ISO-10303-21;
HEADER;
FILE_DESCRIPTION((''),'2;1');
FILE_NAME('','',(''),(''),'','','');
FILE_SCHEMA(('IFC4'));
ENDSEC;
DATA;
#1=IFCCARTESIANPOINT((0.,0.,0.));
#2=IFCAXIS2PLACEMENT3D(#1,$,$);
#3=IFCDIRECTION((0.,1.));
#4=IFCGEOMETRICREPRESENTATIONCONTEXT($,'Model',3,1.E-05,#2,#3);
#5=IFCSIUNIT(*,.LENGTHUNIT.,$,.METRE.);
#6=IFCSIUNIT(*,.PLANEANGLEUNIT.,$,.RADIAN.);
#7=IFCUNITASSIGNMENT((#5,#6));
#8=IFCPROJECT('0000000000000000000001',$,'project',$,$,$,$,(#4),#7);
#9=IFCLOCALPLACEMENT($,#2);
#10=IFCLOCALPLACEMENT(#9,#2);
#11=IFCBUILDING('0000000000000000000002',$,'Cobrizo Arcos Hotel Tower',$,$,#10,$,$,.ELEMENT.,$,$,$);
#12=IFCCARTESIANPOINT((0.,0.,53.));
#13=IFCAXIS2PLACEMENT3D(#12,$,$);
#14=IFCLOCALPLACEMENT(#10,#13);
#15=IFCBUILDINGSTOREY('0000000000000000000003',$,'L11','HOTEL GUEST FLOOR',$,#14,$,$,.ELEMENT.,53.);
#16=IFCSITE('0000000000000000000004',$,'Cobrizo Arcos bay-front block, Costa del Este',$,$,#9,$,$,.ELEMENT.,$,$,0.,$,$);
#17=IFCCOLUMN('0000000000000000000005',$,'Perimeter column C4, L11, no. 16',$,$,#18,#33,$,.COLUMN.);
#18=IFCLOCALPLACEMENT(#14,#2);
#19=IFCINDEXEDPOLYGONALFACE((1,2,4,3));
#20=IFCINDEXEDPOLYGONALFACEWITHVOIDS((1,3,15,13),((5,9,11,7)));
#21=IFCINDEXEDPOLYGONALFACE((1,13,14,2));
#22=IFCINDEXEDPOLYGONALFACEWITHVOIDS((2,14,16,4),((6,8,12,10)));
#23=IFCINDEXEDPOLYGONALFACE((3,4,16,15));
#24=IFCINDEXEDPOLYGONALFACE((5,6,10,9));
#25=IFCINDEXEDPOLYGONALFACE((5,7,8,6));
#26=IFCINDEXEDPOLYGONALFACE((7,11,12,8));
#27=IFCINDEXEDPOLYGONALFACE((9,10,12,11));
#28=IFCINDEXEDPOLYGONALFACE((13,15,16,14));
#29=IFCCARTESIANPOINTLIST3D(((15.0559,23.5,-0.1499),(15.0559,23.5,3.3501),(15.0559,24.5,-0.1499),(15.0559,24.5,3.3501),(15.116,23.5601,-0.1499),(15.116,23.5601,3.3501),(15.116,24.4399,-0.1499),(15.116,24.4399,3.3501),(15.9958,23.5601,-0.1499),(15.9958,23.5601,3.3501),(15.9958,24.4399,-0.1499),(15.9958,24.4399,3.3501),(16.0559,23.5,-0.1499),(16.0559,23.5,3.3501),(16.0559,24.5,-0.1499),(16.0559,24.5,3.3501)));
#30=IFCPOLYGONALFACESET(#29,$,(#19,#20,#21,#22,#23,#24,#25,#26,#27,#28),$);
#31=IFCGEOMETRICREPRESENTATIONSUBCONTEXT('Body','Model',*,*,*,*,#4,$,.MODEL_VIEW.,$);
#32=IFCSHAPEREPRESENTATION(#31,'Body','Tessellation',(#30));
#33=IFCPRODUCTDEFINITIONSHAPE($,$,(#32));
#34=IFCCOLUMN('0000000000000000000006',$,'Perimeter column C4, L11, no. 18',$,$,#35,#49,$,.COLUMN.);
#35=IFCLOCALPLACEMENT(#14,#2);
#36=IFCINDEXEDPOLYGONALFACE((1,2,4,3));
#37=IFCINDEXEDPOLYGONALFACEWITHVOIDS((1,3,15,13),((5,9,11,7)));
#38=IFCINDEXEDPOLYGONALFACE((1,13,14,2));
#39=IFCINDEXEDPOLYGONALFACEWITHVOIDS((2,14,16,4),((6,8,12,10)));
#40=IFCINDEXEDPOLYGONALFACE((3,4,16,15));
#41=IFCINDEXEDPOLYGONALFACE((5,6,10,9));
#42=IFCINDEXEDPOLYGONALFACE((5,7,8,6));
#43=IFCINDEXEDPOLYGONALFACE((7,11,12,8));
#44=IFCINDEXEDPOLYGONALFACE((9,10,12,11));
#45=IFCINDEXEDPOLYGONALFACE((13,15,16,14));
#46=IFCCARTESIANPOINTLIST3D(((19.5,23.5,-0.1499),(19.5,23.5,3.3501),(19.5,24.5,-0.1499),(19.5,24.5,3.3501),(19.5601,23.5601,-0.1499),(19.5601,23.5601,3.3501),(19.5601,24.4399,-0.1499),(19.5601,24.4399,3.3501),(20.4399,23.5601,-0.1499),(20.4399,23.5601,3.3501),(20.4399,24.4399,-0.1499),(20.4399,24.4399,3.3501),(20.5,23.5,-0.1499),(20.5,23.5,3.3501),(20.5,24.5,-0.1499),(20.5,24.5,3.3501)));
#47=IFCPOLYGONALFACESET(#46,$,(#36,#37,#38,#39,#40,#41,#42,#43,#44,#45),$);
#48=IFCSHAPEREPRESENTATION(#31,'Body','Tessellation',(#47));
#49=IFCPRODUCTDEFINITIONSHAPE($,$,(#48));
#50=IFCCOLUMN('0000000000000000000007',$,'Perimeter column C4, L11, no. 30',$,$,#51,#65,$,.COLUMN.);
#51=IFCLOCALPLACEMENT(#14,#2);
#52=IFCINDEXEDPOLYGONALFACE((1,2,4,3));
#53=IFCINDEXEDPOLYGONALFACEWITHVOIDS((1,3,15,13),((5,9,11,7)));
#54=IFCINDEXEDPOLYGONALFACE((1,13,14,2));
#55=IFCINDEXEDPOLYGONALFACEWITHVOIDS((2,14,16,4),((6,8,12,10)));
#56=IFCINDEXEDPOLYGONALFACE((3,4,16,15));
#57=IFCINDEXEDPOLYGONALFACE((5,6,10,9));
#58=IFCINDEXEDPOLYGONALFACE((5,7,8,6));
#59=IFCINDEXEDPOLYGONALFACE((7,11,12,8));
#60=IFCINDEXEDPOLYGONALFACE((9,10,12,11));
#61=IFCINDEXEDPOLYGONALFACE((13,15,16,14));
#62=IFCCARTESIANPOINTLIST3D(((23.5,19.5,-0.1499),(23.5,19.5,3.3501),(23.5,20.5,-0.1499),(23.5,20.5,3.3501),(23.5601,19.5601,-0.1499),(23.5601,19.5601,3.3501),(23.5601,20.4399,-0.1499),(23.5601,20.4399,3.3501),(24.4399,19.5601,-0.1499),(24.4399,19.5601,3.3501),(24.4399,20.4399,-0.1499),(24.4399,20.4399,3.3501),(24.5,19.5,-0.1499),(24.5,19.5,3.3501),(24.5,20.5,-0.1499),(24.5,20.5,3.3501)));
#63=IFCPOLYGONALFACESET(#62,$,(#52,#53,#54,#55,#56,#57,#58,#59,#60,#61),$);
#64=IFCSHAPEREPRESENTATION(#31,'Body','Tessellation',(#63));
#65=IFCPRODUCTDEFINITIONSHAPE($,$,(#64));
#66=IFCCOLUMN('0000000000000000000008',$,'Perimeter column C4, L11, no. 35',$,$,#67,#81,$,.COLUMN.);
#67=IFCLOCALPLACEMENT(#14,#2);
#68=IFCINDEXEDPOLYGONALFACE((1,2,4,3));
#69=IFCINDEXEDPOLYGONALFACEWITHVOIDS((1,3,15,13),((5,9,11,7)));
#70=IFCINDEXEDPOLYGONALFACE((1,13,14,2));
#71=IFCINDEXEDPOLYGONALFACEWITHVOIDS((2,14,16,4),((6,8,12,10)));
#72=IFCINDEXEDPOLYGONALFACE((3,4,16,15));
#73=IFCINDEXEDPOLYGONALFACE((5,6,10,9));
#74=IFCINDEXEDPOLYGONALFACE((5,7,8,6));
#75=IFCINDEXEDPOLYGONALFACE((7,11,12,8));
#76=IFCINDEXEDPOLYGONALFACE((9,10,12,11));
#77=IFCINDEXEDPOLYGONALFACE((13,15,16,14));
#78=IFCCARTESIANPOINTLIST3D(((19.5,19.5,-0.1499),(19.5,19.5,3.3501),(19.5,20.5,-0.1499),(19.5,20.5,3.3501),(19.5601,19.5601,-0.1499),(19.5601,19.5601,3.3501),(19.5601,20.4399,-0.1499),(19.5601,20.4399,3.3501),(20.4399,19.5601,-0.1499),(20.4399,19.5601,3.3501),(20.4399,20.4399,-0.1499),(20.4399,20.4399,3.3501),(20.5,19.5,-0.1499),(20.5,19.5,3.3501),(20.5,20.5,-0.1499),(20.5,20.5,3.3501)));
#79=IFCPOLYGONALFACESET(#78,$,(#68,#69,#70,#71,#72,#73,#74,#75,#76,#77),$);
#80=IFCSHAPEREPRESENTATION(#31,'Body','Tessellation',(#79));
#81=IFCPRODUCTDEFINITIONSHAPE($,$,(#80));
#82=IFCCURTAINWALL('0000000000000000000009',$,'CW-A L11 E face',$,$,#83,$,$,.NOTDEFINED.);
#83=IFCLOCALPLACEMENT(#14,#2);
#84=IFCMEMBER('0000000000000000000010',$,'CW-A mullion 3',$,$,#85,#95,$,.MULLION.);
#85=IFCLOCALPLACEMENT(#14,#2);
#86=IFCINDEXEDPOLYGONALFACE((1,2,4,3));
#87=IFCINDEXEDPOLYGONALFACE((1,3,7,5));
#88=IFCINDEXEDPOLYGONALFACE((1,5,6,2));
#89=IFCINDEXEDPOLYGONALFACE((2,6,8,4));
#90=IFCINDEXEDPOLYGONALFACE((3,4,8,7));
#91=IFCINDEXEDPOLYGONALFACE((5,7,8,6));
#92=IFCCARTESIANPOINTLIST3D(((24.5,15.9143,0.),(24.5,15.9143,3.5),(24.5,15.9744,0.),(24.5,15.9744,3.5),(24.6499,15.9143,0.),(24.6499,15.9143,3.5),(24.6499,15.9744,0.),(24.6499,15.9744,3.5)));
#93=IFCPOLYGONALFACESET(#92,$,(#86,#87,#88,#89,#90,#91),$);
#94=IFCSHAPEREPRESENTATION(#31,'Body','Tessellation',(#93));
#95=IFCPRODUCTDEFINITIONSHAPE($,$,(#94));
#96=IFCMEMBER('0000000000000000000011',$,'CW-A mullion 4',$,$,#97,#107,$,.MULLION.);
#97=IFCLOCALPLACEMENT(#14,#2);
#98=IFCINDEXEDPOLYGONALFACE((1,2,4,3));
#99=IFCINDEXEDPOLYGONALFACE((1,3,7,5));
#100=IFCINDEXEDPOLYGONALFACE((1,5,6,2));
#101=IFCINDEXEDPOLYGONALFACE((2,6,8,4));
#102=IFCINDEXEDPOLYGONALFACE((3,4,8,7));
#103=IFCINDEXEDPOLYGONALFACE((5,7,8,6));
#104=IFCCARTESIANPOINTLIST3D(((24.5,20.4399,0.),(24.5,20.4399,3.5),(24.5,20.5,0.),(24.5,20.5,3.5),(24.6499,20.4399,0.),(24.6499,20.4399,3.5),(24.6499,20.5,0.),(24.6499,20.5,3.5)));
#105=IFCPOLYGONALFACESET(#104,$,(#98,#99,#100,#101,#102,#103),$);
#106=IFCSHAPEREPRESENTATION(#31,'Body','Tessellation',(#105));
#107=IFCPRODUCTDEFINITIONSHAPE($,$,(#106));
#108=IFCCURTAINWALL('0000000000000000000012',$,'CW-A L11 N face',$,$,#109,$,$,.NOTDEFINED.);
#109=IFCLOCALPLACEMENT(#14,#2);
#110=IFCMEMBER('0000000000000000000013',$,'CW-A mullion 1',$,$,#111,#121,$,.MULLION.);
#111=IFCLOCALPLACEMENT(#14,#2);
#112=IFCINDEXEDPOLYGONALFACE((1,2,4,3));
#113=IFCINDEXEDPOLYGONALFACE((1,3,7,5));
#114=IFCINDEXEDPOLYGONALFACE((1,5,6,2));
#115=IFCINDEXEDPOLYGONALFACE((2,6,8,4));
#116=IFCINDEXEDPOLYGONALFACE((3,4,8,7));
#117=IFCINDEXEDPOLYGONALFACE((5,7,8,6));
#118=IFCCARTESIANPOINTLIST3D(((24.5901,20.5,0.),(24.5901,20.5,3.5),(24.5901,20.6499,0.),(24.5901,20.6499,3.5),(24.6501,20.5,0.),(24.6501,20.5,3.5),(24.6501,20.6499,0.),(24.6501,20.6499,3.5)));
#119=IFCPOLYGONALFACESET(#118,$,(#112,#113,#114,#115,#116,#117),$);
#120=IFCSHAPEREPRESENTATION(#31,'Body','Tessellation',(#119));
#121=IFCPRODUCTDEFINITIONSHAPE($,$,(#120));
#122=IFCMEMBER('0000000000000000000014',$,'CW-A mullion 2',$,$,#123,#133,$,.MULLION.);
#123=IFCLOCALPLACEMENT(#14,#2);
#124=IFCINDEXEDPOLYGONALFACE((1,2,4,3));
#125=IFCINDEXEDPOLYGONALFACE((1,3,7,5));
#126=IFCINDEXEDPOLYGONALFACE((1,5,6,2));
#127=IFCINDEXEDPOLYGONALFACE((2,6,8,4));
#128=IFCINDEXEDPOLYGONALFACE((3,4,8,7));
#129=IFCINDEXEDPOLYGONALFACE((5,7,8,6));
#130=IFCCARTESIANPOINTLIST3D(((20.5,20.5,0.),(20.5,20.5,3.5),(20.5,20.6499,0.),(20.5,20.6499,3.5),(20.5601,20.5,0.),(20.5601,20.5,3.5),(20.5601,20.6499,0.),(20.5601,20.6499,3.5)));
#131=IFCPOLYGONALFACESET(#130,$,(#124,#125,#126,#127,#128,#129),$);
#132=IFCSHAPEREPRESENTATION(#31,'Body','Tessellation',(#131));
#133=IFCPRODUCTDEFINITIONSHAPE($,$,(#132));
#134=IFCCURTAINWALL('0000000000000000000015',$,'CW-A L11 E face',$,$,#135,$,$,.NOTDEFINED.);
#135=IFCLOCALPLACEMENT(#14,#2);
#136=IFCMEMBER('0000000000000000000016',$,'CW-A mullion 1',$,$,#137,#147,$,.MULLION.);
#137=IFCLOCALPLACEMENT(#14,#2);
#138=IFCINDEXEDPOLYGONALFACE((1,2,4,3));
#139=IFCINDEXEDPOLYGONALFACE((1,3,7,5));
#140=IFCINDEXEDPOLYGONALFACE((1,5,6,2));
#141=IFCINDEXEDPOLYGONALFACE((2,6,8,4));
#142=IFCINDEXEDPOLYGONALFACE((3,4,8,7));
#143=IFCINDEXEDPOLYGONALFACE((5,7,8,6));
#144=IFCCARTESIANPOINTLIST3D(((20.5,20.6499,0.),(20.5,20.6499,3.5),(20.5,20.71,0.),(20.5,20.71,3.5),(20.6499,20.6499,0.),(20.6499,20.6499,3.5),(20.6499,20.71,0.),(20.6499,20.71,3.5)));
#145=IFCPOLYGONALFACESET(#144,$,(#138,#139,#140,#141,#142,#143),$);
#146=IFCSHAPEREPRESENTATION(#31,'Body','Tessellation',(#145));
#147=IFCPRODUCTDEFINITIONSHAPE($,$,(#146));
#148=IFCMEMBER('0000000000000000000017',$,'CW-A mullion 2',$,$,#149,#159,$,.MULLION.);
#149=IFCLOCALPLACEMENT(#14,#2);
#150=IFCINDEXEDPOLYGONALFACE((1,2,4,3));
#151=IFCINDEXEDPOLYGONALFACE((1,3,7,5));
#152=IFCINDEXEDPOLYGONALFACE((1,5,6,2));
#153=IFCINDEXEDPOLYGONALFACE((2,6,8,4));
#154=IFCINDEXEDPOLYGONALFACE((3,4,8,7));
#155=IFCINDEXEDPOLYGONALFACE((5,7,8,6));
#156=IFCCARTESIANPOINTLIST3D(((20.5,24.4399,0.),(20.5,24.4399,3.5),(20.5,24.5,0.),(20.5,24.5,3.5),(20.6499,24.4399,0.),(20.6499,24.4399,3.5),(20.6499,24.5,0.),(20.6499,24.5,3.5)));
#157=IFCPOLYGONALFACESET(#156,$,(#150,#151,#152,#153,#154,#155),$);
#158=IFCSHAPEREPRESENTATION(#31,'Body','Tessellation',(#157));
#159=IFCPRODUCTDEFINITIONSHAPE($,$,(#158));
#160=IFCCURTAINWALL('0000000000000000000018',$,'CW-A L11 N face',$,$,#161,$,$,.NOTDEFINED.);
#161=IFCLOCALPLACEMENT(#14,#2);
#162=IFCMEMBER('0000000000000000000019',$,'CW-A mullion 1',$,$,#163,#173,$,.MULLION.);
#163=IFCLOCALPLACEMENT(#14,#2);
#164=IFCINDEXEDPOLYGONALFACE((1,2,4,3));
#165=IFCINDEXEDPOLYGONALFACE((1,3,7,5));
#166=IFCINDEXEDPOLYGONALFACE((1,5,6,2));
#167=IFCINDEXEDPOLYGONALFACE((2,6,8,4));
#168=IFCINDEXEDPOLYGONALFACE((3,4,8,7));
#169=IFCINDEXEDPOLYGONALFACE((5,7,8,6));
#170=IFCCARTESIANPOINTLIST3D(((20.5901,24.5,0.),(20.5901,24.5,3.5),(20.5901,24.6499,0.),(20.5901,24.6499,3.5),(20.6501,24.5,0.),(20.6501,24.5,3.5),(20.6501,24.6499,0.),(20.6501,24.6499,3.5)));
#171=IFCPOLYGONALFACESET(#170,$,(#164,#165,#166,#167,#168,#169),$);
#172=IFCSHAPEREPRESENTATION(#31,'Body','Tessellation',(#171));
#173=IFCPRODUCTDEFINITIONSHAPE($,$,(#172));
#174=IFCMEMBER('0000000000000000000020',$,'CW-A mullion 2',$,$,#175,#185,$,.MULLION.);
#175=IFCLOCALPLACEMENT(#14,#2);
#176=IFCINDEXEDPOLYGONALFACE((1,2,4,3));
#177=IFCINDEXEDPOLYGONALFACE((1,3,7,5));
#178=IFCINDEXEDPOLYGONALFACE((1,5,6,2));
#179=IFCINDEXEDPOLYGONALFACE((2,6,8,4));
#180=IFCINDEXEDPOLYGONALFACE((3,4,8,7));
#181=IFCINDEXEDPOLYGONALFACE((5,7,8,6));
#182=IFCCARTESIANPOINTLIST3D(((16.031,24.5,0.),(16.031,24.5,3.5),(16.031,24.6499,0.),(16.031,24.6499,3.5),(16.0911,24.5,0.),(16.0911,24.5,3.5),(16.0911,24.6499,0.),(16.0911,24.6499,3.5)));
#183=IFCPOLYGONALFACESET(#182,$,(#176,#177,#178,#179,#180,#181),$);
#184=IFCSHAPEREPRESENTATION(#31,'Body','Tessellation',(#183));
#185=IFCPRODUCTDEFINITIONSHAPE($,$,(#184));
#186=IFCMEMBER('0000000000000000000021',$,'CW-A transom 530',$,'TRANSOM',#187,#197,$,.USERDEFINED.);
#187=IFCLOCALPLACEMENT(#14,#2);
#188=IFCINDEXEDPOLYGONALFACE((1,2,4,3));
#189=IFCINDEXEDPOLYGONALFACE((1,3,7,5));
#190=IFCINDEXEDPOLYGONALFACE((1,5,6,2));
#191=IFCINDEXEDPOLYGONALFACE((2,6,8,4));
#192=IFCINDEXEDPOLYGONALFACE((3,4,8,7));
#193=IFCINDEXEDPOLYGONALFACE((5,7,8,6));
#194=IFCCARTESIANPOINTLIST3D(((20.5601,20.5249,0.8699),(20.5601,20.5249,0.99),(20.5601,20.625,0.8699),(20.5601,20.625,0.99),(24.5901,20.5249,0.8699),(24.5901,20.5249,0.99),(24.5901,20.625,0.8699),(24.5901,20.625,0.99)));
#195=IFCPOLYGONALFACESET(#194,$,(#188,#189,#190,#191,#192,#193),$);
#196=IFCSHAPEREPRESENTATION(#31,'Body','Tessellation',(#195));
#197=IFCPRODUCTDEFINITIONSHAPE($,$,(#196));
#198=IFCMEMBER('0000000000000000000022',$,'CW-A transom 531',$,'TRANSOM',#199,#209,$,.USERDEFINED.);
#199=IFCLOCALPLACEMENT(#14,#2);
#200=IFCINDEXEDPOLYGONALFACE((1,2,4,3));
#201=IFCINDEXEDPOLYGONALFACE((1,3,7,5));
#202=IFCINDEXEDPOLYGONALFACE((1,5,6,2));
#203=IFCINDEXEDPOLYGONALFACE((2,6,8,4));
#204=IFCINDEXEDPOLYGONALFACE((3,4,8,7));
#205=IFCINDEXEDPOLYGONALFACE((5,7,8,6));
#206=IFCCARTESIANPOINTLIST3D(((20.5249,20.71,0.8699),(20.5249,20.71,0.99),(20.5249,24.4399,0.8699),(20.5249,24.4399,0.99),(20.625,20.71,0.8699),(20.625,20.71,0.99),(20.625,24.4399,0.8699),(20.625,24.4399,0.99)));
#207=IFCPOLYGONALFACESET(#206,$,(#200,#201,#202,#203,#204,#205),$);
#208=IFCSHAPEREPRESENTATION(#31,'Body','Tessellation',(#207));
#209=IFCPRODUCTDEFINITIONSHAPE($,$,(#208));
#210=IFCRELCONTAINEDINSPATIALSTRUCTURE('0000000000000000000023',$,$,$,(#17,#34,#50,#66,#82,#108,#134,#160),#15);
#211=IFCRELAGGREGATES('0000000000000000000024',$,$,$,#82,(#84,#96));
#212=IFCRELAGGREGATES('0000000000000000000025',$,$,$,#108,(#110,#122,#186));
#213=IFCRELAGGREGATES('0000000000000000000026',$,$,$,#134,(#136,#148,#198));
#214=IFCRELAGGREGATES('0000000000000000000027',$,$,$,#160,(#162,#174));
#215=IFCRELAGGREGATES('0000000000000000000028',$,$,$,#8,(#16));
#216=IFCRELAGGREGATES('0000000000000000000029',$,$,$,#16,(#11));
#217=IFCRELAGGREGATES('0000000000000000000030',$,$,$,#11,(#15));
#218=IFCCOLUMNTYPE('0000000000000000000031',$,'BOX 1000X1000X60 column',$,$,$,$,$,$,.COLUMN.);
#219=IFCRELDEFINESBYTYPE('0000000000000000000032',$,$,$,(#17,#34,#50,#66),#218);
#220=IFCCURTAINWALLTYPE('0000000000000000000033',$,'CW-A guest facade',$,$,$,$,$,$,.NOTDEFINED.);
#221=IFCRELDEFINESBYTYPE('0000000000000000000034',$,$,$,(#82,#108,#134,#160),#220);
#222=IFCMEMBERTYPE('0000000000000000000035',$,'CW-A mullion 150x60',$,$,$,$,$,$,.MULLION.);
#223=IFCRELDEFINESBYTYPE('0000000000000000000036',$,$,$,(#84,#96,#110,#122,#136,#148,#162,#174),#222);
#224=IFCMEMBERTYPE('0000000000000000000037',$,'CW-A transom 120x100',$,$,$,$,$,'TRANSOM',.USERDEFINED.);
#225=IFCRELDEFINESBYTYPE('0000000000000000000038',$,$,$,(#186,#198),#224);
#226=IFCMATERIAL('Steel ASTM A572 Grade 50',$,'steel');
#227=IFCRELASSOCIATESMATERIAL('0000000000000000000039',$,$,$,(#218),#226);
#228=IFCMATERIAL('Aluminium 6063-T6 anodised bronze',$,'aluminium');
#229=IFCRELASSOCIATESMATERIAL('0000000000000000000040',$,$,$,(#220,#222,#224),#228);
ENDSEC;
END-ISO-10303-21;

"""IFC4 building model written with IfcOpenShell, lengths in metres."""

from ifc_helpers import new_model, si_unit, direction, frame, origin, origin_2d, place, context, subcontext, project, spatial, rectangle, hollow_rectangle, extrude, material, material_profile, profile_set, type_object, element, aggregate, save


model = new_model("IFC4")

# Units and contexts
model_context = context("Model", 3, precision=1e-05, world=origin(), true_north=direction((0.0, 1.0)))
body_context = subcontext(model_context, "Body", "Model", "MODEL_VIEW")
ifc_project = project(units=[si_unit("LENGTHUNIT", "METRE"), si_unit("PLANEANGLEUNIT", "RADIAN")], contexts=[model_context])

# Site, building, storey
site_placement = place(None, origin())
site = spatial("IfcSite", under=ifc_project, at=site_placement, Name="Cobrizo Arcos bay-front block, Costa del Este", CompositionType="ELEMENT", RefElevation=0.0)
building_placement = place(site_placement, origin())
building = spatial("IfcBuilding", under=site, at=building_placement, Name="Cobrizo Arcos Hotel Tower", CompositionType="ELEMENT")
storey_placement = place(building_placement, frame((0.0, 0.0, 53.0)))
storey = spatial("IfcBuildingStorey", under=building, at=storey_placement, Name="L11", Description="HOTEL GUEST FLOOR", CompositionType="ELEMENT", Elevation=53.0)

# Columns
ifc_material_1 = material(Name="Steel ASTM A572 Grade 50", Category="steel")
ifc_material_profile_1 = material_profile(ifc_material_1, hollow_rectangle(XDim=1.0, YDim=1.0, WallThickness=0.0601, at=origin_2d()), Name="BOX 1000X1000X60")
ifc_profile_set_1 = profile_set([ifc_material_profile_1], Name="Steel ASTM A572 Grade 50")
column_type = type_object("IfcColumnType", Name="BOX 1000X1000X60 column", PredefinedType="COLUMN", material=ifc_profile_set_1)
for number, where, z_axis, x_axis, name in (
    (1, (15.5559, 24.0, -0.1499), (0.0, 0.0, 1.0), (1.0, 0.0, 0.0), "Perimeter column C4, L11, no. 16"),
    (2, (20.0, 24.0, -0.1499), (0.0, 0.0, 1.0), (1.0, 0.0, 0.0), "Perimeter column C4, L11, no. 18"),
    (3, (24.0, 20.0, -0.1499), (0.0, 0.0, 1.0), (1.0, 0.0, 0.0), "Perimeter column C4, L11, no. 30"),
    (4, (20.0, 20.0, -0.1499), (0.0, 0.0, 1.0), (1.0, 0.0, 0.0), "Perimeter column C4, L11, no. 35"),
):
    element("IfcColumn", number, at=place(storey_placement, frame(where, z_axis=z_axis, x_axis=x_axis)), inside=storey, type_object=column_type, Name=name, PredefinedType="COLUMN", context=body_context, shape_type="SweptSolid", body=[
        extrude(hollow_rectangle(XDim=1.0, YDim=1.0, WallThickness=0.0601, at=origin_2d()), origin(), (0.0, 0.0, 1.0), 3.5),
    ])

# Curtain walls, members
ifc_material_2 = material(Name="Aluminium 6063-T6 anodised bronze", Category="aluminium")
curtain_wall_type = type_object("IfcCurtainWallType", Name="CW-A guest facade", PredefinedType="NOTDEFINED", material=ifc_material_2)
curtain_wall_1_placement = place(storey_placement, origin())
curtain_wall_1 = element("IfcCurtainWall", 5, at=curtain_wall_1_placement, inside=storey, type_object=curtain_wall_type, Name="CW-A L11 E face", PredefinedType="NOTDEFINED")
ifc_material_profile_2 = material_profile(ifc_material_2, rectangle(XDim=0.1499, YDim=0.0601, at=origin_2d()), Name="CW-A mullion 150x60")
ifc_profile_set_2 = profile_set([ifc_material_profile_2], Name="Aluminium 6063-T6 anodised bronze")
member_type_1 = type_object("IfcMemberType", Name="CW-A mullion 150x60", PredefinedType="MULLION", material=ifc_profile_set_2)
member_1_placement = place(storey_placement, frame((24.575, 15.9443, 0.0), z_axis=(0.0, 0.0, 1.0), x_axis=(1.0, 0.0, 0.0)))
member_1 = element("IfcMember", 6, at=member_1_placement, type_object=member_type_1, Name="CW-A mullion 3", PredefinedType="MULLION", context=body_context, shape_type="SweptSolid", body=[
    extrude(rectangle(XDim=0.1499, YDim=0.0601, at=origin_2d()), origin(), (0.0, 0.0, 1.0), 3.5),
])
member_2_placement = place(storey_placement, frame((24.575, 20.47, 0.0), z_axis=(0.0, 0.0, 1.0), x_axis=(1.0, 0.0, 0.0)))
member_2 = element("IfcMember", 7, at=member_2_placement, type_object=member_type_1, Name="CW-A mullion 4", PredefinedType="MULLION", context=body_context, shape_type="SweptSolid", body=[
    extrude(rectangle(XDim=0.1499, YDim=0.0601, at=origin_2d()), origin(), (0.0, 0.0, 1.0), 3.5),
])
curtain_wall_2_placement = place(storey_placement, origin())
curtain_wall_2 = element("IfcCurtainWall", 8, at=curtain_wall_2_placement, inside=storey, type_object=curtain_wall_type, Name="CW-A L11 N face", PredefinedType="NOTDEFINED")
member_3_placement = place(storey_placement, frame((24.6201, 20.575, 0.0), z_axis=(0.0, 0.0, 1.0), x_axis=(0.0, 1.0, 0.0)))
member_3 = element("IfcMember", 9, at=member_3_placement, type_object=member_type_1, Name="CW-A mullion 1", PredefinedType="MULLION", context=body_context, shape_type="SweptSolid", body=[
    extrude(rectangle(XDim=0.1499, YDim=0.0601, at=origin_2d()), origin(), (0.0, 0.0, 1.0), 3.5),
])
member_4_placement = place(storey_placement, frame((20.53, 20.575, 0.0), z_axis=(0.0, 0.0, 1.0), x_axis=(0.0, 1.0, 0.0)))
member_4 = element("IfcMember", 10, at=member_4_placement, type_object=member_type_1, Name="CW-A mullion 2", PredefinedType="MULLION", context=body_context, shape_type="SweptSolid", body=[
    extrude(rectangle(XDim=0.1499, YDim=0.0601, at=origin_2d()), origin(), (0.0, 0.0, 1.0), 3.5),
])
curtain_wall_3_placement = place(storey_placement, origin())
curtain_wall_3 = element("IfcCurtainWall", 11, at=curtain_wall_3_placement, inside=storey, type_object=curtain_wall_type, Name="CW-A L11 E face", PredefinedType="NOTDEFINED")
member_5_placement = place(storey_placement, frame((20.575, 20.6799, 0.0), z_axis=(0.0, 0.0, 1.0), x_axis=(1.0, 0.0, 0.0)))
member_5 = element("IfcMember", 12, at=member_5_placement, type_object=member_type_1, Name="CW-A mullion 1", PredefinedType="MULLION", context=body_context, shape_type="SweptSolid", body=[
    extrude(rectangle(XDim=0.1499, YDim=0.0601, at=origin_2d()), origin(), (0.0, 0.0, 1.0), 3.5),
])
member_6_placement = place(storey_placement, frame((20.575, 24.47, 0.0), z_axis=(0.0, 0.0, 1.0), x_axis=(1.0, 0.0, 0.0)))
member_6 = element("IfcMember", 13, at=member_6_placement, type_object=member_type_1, Name="CW-A mullion 2", PredefinedType="MULLION", context=body_context, shape_type="SweptSolid", body=[
    extrude(rectangle(XDim=0.1499, YDim=0.0601, at=origin_2d()), origin(), (0.0, 0.0, 1.0), 3.5),
])
curtain_wall_4_placement = place(storey_placement, origin())
curtain_wall_4 = element("IfcCurtainWall", 14, at=curtain_wall_4_placement, inside=storey, type_object=curtain_wall_type, Name="CW-A L11 N face", PredefinedType="NOTDEFINED")
member_7_placement = place(storey_placement, frame((20.6201, 24.575, 0.0), z_axis=(0.0, 0.0, 1.0), x_axis=(0.0, 1.0, 0.0)))
member_7 = element("IfcMember", 15, at=member_7_placement, type_object=member_type_1, Name="CW-A mullion 1", PredefinedType="MULLION", context=body_context, shape_type="SweptSolid", body=[
    extrude(rectangle(XDim=0.1499, YDim=0.0601, at=origin_2d()), origin(), (0.0, 0.0, 1.0), 3.5),
])
member_8_placement = place(storey_placement, frame((16.061, 24.575, 0.0), z_axis=(0.0, 0.0, 1.0), x_axis=(0.0, 1.0, 0.0)))
member_8 = element("IfcMember", 16, at=member_8_placement, type_object=member_type_1, Name="CW-A mullion 2", PredefinedType="MULLION", context=body_context, shape_type="SweptSolid", body=[
    extrude(rectangle(XDim=0.1499, YDim=0.0601, at=origin_2d()), origin(), (0.0, 0.0, 1.0), 3.5),
])

# Members
ifc_material_profile_3 = material_profile(ifc_material_2, rectangle(XDim=0.1001, YDim=0.1201, at=origin_2d()), Name="CW-A transom 120x100")
ifc_profile_set_3 = profile_set([ifc_material_profile_3], Name="Aluminium 6063-T6 anodised bronze")
member_type_2 = type_object("IfcMemberType", Name="CW-A transom 120x100", ElementType="TRANSOM", PredefinedType="USERDEFINED", material=ifc_profile_set_3)
member_9_placement = place(storey_placement, frame((24.5901, 20.575, 0.9299), z_axis=(-1.0, 0.0, 0.0), x_axis=(0.0, -1.0, 0.0)))
member_9 = element("IfcMember", 17, at=member_9_placement, type_object=member_type_2, Name="CW-A transom 530", ObjectType="TRANSOM", PredefinedType="USERDEFINED", context=body_context, shape_type="SweptSolid", body=[
    extrude(rectangle(XDim=0.1001, YDim=0.1201, at=origin_2d()), origin(), (0.0, 0.0, 1.0), 4.03),
])
member_10_placement = place(storey_placement, frame((20.575, 20.71, 0.9299), z_axis=(0.0, 1.0, 0.0), x_axis=(-1.0, 0.0, 0.0)))
member_10 = element("IfcMember", 18, at=member_10_placement, type_object=member_type_2, Name="CW-A transom 531", ObjectType="TRANSOM", PredefinedType="USERDEFINED", context=body_context, shape_type="SweptSolid", body=[
    extrude(rectangle(XDim=0.1001, YDim=0.1201, at=origin_2d()), origin(), (0.0, 0.0, 1.0), 3.73),
])

aggregate(curtain_wall_1, [member_1, member_2])
aggregate(curtain_wall_2, [member_3, member_4, member_9])
aggregate(curtain_wall_3, [member_5, member_6, member_10])
aggregate(curtain_wall_4, [member_7, member_8])

save(model, "model.ifc")
